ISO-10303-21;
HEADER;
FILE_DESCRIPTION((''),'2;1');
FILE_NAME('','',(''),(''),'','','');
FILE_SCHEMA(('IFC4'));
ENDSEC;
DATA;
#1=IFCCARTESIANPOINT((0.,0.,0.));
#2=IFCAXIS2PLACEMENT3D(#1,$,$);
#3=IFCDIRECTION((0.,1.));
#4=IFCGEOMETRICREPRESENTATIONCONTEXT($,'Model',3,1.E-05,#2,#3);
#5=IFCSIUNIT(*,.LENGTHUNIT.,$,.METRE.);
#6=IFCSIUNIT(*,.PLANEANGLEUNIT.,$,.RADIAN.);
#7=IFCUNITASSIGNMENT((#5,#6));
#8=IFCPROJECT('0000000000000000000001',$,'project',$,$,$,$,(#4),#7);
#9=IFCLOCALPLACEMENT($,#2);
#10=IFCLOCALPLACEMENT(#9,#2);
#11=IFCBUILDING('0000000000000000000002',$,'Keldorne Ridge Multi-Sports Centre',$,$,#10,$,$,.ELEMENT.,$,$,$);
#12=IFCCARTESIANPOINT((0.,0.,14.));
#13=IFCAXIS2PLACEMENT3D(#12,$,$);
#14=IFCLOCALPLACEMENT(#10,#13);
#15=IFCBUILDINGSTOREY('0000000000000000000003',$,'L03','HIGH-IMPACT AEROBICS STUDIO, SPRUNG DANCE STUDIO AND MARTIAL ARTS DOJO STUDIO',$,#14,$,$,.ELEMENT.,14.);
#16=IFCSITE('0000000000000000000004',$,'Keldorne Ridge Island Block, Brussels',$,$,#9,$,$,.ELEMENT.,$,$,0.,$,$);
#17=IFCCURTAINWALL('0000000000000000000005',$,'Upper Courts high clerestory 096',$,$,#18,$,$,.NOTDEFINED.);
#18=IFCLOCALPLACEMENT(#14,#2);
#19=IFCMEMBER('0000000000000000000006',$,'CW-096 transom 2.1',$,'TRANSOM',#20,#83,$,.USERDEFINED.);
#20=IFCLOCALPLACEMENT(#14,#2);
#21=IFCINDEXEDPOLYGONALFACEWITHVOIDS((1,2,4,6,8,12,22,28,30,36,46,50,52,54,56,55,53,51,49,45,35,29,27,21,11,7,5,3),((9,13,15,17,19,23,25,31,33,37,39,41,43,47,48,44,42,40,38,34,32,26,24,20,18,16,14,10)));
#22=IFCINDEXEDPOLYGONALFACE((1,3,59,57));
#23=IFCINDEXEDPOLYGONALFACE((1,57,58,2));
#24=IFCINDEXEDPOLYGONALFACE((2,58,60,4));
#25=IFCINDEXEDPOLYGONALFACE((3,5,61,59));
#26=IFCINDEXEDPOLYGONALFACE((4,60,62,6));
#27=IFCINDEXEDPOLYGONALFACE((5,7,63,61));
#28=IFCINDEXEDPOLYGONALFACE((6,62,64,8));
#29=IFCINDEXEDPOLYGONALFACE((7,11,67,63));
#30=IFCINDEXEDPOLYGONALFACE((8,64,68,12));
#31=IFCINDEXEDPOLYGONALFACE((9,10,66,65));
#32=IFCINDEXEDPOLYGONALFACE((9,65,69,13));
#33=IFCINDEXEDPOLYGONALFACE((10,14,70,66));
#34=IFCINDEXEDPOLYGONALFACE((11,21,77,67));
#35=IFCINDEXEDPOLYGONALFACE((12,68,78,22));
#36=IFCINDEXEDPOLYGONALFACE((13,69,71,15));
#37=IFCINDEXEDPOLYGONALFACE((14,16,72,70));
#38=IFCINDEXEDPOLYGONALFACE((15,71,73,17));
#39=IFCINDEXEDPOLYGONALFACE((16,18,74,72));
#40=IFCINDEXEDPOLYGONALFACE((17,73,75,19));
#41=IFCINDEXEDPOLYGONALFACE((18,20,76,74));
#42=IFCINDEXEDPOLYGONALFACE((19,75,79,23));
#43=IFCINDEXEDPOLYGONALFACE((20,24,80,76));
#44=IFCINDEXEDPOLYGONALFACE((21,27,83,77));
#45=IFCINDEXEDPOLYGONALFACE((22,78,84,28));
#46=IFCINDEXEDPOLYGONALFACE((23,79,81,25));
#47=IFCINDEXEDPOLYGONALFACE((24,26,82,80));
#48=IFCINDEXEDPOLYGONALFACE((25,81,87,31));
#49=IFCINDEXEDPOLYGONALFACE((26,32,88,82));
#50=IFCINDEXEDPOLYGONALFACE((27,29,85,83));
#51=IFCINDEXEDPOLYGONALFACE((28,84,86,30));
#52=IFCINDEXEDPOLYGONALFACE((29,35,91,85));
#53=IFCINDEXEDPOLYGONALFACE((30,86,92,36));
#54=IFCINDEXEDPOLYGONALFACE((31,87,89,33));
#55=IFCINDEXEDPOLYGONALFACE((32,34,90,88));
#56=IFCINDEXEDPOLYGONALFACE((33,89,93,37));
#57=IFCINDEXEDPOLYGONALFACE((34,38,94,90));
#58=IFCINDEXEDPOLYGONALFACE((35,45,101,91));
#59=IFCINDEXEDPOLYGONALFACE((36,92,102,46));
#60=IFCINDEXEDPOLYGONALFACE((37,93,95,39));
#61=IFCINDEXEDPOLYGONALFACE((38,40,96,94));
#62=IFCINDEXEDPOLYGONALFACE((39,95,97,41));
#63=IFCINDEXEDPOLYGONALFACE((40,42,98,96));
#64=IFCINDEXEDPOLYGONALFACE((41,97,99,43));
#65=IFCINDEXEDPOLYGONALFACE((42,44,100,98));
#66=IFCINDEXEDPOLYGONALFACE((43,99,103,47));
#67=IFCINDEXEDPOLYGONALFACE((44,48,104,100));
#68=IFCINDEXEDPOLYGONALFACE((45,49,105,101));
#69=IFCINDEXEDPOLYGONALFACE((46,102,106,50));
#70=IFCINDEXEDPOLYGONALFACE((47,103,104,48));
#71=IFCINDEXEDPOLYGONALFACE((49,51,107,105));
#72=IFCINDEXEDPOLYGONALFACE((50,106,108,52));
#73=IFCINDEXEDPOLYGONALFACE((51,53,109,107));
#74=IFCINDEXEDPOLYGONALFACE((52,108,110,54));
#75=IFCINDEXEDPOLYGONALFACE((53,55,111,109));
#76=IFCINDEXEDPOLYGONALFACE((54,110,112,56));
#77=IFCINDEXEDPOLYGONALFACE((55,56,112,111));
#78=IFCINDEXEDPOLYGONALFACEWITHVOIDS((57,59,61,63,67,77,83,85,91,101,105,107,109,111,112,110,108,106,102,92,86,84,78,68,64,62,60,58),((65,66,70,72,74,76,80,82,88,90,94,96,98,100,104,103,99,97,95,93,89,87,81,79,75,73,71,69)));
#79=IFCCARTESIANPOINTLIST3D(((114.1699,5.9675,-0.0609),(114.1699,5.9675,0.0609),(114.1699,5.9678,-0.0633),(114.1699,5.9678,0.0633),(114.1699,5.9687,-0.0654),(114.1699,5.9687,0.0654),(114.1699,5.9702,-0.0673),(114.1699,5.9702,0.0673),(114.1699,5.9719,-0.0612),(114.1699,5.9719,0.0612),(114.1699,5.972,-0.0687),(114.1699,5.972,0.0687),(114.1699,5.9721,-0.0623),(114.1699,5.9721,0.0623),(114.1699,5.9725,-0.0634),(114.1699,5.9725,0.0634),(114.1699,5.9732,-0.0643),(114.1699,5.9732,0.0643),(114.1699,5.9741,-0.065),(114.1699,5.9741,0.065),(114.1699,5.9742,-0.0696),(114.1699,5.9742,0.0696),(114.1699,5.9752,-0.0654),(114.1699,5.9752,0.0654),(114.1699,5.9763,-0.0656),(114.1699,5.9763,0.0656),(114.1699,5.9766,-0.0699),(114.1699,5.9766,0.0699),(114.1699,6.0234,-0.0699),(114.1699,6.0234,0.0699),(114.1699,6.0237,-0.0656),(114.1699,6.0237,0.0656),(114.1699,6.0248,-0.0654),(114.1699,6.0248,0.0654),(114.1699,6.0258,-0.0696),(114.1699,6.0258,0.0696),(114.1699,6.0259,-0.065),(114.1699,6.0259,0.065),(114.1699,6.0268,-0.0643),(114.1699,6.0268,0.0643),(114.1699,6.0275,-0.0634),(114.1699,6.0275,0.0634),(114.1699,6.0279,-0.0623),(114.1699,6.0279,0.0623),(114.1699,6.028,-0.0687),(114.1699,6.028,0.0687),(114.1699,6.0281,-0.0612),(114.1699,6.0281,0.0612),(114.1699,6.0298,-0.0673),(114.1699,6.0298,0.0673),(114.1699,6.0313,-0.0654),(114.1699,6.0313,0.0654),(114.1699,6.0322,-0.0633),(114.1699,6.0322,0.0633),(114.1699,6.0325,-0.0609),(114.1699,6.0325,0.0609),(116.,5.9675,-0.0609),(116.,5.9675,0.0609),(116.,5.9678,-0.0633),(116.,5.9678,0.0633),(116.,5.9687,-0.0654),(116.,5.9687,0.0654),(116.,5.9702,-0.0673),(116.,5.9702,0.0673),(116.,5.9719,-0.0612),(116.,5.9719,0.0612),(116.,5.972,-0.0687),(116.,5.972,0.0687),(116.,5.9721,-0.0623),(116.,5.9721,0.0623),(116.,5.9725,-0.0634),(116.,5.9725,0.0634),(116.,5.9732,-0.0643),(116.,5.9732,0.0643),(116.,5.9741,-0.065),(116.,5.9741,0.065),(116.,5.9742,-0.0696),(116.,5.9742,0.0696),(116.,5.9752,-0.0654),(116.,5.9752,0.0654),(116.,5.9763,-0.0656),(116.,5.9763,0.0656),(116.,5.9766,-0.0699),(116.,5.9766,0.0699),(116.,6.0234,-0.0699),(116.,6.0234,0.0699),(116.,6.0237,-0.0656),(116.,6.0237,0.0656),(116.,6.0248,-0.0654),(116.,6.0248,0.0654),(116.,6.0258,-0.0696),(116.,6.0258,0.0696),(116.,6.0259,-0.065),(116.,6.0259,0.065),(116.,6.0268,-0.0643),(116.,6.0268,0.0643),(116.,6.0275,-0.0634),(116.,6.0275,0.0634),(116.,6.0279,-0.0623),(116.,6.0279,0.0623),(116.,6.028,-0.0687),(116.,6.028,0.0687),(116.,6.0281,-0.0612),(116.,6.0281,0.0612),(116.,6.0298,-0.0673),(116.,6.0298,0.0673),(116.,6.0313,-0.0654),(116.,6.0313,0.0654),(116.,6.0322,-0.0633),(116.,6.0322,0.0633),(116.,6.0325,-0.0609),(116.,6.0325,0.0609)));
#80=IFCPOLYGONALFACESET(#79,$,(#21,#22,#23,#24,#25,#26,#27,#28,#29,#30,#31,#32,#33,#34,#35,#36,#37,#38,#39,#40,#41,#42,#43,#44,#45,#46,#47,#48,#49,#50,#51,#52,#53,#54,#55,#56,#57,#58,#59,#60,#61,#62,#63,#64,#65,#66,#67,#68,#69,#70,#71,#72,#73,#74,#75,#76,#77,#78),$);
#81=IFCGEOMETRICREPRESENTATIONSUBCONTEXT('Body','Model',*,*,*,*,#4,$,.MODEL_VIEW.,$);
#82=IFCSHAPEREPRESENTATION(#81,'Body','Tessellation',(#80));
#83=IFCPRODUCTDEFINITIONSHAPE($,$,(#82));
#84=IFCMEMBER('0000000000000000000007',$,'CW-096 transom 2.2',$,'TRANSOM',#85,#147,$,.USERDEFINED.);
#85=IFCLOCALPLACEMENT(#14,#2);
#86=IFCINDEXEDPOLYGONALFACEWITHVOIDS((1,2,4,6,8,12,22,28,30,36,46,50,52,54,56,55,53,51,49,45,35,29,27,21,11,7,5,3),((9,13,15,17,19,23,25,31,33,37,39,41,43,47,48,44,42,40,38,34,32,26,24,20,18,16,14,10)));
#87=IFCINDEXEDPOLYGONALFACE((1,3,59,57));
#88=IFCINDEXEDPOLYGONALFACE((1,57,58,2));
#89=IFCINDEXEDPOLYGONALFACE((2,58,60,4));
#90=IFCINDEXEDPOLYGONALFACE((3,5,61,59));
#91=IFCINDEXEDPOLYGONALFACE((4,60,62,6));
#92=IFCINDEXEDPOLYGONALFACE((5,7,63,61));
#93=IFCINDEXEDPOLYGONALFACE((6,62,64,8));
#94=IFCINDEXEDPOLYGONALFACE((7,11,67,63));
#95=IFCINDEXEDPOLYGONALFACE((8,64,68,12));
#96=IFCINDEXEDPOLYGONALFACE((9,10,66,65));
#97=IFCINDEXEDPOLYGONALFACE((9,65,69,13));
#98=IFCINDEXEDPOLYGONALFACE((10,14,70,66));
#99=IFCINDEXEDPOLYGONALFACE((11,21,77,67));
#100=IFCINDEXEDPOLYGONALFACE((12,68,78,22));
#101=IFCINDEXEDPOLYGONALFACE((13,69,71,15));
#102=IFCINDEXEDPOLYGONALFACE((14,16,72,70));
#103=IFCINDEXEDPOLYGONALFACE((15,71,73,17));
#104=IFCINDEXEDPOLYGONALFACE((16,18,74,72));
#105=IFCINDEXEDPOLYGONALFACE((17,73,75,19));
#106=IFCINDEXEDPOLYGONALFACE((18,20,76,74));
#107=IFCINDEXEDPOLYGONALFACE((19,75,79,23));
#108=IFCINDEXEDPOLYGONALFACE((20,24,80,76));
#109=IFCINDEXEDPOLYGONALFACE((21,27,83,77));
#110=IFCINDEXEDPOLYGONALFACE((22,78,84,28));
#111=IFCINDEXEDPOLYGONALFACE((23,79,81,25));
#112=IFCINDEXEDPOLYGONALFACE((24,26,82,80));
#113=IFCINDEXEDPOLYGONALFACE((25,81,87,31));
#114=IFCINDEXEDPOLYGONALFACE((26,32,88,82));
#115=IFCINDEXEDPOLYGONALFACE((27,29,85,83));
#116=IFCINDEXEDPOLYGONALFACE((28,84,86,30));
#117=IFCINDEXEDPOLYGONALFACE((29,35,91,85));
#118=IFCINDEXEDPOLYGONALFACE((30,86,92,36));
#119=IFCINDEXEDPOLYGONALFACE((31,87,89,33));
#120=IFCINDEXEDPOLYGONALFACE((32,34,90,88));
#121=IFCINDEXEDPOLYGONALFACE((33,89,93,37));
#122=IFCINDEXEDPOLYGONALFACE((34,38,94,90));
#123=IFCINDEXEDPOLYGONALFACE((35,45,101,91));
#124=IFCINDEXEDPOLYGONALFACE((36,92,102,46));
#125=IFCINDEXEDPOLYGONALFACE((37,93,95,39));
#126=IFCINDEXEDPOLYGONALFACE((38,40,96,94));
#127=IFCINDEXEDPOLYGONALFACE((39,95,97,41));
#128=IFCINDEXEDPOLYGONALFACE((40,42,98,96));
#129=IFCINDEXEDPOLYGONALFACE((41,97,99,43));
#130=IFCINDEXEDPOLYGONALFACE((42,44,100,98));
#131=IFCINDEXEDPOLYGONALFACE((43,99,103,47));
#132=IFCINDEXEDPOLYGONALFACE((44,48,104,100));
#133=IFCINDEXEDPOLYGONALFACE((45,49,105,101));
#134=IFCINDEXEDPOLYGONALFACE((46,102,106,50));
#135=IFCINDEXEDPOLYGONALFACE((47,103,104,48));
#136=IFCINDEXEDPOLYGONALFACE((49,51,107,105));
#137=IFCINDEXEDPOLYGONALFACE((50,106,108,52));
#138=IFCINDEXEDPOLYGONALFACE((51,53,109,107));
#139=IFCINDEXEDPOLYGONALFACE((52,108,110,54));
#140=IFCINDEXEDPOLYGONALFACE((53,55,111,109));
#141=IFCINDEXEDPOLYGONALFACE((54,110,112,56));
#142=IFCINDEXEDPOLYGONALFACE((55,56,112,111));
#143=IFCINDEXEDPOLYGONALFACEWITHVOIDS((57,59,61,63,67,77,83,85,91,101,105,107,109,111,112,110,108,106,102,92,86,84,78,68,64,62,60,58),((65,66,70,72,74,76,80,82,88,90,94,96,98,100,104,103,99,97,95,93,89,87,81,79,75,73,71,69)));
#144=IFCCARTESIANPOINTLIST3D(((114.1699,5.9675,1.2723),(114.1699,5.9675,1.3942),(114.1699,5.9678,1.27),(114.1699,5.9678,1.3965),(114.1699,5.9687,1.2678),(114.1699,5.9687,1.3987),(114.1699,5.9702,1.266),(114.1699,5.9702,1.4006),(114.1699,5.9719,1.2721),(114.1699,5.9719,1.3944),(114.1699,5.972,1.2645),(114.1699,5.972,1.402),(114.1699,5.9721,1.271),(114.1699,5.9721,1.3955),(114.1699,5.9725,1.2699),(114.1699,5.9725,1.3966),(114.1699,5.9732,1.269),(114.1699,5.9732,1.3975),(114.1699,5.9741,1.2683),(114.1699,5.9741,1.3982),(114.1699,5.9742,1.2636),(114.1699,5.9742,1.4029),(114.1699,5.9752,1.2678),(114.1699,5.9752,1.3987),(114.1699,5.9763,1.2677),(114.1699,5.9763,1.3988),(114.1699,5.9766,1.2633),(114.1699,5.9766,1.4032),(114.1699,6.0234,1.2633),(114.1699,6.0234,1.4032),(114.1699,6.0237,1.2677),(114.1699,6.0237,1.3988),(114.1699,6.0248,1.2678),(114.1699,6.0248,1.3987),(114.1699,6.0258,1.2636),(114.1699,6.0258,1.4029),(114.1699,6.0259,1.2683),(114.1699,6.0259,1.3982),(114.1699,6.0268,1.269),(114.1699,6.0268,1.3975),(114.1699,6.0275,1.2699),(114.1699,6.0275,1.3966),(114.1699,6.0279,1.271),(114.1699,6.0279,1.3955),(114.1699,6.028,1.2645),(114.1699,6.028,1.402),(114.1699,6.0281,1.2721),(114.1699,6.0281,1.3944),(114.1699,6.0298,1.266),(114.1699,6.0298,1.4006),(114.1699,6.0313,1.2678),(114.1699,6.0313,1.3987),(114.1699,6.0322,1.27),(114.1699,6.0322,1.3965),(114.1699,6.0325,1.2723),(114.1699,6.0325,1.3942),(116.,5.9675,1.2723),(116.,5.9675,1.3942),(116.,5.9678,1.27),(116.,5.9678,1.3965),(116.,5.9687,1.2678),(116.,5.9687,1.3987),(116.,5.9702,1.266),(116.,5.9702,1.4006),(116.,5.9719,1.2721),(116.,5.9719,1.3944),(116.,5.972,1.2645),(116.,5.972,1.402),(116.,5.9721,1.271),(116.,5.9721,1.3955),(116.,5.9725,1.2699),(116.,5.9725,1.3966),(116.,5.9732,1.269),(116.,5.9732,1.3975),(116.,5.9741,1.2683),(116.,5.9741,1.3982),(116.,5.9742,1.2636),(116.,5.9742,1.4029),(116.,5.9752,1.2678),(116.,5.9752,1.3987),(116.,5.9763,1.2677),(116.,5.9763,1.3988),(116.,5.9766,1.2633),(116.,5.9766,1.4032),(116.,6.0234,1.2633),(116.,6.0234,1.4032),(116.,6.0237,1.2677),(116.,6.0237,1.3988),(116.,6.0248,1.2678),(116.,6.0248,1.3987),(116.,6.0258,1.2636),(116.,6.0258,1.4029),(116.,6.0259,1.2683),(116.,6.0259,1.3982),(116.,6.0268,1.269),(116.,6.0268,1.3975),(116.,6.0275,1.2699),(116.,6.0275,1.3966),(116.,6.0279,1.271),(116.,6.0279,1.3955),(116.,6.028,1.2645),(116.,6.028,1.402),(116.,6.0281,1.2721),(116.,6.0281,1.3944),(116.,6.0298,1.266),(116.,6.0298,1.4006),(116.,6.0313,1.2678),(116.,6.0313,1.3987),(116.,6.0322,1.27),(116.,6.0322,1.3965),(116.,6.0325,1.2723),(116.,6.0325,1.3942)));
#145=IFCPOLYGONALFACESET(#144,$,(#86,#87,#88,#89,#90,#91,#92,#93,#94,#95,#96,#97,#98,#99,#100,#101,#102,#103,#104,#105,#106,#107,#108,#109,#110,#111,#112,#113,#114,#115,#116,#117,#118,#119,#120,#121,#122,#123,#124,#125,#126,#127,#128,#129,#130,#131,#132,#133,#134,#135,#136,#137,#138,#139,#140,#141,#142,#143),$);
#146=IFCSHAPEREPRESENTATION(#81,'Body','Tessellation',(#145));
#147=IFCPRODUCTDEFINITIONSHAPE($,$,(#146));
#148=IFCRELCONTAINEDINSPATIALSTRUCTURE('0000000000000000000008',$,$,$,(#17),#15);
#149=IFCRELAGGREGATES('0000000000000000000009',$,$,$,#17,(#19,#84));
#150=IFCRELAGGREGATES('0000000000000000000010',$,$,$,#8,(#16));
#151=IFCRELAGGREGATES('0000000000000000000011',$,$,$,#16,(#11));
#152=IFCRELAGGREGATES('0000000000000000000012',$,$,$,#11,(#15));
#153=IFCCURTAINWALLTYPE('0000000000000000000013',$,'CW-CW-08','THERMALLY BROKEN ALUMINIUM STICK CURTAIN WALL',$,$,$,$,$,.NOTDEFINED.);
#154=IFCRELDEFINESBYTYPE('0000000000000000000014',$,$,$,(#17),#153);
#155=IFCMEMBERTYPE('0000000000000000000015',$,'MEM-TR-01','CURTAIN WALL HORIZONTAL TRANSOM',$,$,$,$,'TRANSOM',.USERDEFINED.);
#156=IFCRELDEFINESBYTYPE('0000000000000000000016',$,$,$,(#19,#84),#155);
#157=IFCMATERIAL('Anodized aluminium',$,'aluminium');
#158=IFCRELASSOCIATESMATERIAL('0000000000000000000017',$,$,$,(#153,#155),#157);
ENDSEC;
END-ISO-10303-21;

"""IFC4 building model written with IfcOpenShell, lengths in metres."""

from ifc_helpers import new_model, si_unit, direction, frame, origin, origin_2d, place, context, subcontext, project, spatial, hollow_rectangle, extrude, material, material_profile, profile_set, type_object, element, aggregate, save


model = new_model("IFC4")

# Units and contexts
model_context = context("Model", 3, precision=1e-05, world=origin(), true_north=direction((0.0, 1.0)))
body_context = subcontext(model_context, "Body", "Model", "MODEL_VIEW")
ifc_project = project(units=[si_unit("LENGTHUNIT", "METRE"), si_unit("PLANEANGLEUNIT", "RADIAN")], contexts=[model_context])

# Site, building, storey
site_placement = place(None, origin())
site = spatial("IfcSite", under=ifc_project, at=site_placement, Name="Keldorne Ridge Island Block, Brussels", CompositionType="ELEMENT", RefElevation=0.0)
building_placement = place(site_placement, origin())
building = spatial("IfcBuilding", under=site, at=building_placement, Name="Keldorne Ridge Multi-Sports Centre", CompositionType="ELEMENT")
storey_placement = place(building_placement, frame((0.0, 0.0, 14.0)))
storey = spatial("IfcBuildingStorey", under=building, at=storey_placement, Name="L03", Description="HIGH-IMPACT AEROBICS STUDIO, SPRUNG DANCE STUDIO AND MARTIAL ARTS DOJO STUDIO", CompositionType="ELEMENT", Elevation=14.0)

# Shared definitions
ifc_material_1 = material(Name="Anodized aluminium", Category="aluminium")

# Curtain wall
curtain_wall_type_1 = type_object("IfcCurtainWallType", Name="CW-CW-08", Description="THERMALLY BROKEN ALUMINIUM STICK CURTAIN WALL", PredefinedType="NOTDEFINED", material=ifc_material_1)
curtain_wall_1_placement = place(storey_placement, origin())
curtain_wall_1 = element("IfcCurtainWall", 1, at=curtain_wall_1_placement, inside=storey, type_object=curtain_wall_type_1, Name="Upper Courts high clerestory 096", PredefinedType="NOTDEFINED")

# Members
ifc_material_profile_1 = material_profile(ifc_material_1, hollow_rectangle(XDim=0.0649, YDim=0.1399, WallThickness=0.0044, InnerFilletRadius=0.0044, OuterFilletRadius=0.009, at=origin_2d()), Name="ALU TRANSOM 140x65x4.5")
ifc_profile_set_1 = profile_set([ifc_material_profile_1], Name="Anodized aluminium")
member_type_1 = type_object("IfcMemberType", Name="MEM-TR-01", Description="CURTAIN WALL HORIZONTAL TRANSOM", ElementType="TRANSOM", PredefinedType="USERDEFINED", material=ifc_profile_set_1)
member_1_placement = place(storey_placement, frame((114.1699, 6.0, 0.0), z_axis=(1.0, 0.0, 0.0), x_axis=(0.0, 1.0, 0.0)))
member_1 = element("IfcMember", 2, at=member_1_placement, type_object=member_type_1, Name="CW-096 transom 2.1", ObjectType="TRANSOM", PredefinedType="USERDEFINED", context=body_context, shape_type="SweptSolid", body=[
    extrude(hollow_rectangle(XDim=0.0649, YDim=0.1399, WallThickness=0.0044, InnerFilletRadius=0.0044, OuterFilletRadius=0.009, at=origin_2d()), origin(), (0.0, 0.0, 1.0), 1.8301),
])
member_2_placement = place(storey_placement, frame((114.1699, 6.0, 1.3333), z_axis=(1.0, 0.0, 0.0), x_axis=(0.0, 1.0, 0.0)))
member_2 = element("IfcMember", 3, at=member_2_placement, type_object=member_type_1, Name="CW-096 transom 2.2", ObjectType="TRANSOM", PredefinedType="USERDEFINED", context=body_context, shape_type="SweptSolid", body=[
    extrude(hollow_rectangle(XDim=0.0649, YDim=0.1399, WallThickness=0.0044, InnerFilletRadius=0.0044, OuterFilletRadius=0.009, at=origin_2d()), origin(), (0.0, 0.0, 1.0), 1.8301),
])

aggregate(curtain_wall_1, [member_1, member_2])

save(model, "model.ifc")
